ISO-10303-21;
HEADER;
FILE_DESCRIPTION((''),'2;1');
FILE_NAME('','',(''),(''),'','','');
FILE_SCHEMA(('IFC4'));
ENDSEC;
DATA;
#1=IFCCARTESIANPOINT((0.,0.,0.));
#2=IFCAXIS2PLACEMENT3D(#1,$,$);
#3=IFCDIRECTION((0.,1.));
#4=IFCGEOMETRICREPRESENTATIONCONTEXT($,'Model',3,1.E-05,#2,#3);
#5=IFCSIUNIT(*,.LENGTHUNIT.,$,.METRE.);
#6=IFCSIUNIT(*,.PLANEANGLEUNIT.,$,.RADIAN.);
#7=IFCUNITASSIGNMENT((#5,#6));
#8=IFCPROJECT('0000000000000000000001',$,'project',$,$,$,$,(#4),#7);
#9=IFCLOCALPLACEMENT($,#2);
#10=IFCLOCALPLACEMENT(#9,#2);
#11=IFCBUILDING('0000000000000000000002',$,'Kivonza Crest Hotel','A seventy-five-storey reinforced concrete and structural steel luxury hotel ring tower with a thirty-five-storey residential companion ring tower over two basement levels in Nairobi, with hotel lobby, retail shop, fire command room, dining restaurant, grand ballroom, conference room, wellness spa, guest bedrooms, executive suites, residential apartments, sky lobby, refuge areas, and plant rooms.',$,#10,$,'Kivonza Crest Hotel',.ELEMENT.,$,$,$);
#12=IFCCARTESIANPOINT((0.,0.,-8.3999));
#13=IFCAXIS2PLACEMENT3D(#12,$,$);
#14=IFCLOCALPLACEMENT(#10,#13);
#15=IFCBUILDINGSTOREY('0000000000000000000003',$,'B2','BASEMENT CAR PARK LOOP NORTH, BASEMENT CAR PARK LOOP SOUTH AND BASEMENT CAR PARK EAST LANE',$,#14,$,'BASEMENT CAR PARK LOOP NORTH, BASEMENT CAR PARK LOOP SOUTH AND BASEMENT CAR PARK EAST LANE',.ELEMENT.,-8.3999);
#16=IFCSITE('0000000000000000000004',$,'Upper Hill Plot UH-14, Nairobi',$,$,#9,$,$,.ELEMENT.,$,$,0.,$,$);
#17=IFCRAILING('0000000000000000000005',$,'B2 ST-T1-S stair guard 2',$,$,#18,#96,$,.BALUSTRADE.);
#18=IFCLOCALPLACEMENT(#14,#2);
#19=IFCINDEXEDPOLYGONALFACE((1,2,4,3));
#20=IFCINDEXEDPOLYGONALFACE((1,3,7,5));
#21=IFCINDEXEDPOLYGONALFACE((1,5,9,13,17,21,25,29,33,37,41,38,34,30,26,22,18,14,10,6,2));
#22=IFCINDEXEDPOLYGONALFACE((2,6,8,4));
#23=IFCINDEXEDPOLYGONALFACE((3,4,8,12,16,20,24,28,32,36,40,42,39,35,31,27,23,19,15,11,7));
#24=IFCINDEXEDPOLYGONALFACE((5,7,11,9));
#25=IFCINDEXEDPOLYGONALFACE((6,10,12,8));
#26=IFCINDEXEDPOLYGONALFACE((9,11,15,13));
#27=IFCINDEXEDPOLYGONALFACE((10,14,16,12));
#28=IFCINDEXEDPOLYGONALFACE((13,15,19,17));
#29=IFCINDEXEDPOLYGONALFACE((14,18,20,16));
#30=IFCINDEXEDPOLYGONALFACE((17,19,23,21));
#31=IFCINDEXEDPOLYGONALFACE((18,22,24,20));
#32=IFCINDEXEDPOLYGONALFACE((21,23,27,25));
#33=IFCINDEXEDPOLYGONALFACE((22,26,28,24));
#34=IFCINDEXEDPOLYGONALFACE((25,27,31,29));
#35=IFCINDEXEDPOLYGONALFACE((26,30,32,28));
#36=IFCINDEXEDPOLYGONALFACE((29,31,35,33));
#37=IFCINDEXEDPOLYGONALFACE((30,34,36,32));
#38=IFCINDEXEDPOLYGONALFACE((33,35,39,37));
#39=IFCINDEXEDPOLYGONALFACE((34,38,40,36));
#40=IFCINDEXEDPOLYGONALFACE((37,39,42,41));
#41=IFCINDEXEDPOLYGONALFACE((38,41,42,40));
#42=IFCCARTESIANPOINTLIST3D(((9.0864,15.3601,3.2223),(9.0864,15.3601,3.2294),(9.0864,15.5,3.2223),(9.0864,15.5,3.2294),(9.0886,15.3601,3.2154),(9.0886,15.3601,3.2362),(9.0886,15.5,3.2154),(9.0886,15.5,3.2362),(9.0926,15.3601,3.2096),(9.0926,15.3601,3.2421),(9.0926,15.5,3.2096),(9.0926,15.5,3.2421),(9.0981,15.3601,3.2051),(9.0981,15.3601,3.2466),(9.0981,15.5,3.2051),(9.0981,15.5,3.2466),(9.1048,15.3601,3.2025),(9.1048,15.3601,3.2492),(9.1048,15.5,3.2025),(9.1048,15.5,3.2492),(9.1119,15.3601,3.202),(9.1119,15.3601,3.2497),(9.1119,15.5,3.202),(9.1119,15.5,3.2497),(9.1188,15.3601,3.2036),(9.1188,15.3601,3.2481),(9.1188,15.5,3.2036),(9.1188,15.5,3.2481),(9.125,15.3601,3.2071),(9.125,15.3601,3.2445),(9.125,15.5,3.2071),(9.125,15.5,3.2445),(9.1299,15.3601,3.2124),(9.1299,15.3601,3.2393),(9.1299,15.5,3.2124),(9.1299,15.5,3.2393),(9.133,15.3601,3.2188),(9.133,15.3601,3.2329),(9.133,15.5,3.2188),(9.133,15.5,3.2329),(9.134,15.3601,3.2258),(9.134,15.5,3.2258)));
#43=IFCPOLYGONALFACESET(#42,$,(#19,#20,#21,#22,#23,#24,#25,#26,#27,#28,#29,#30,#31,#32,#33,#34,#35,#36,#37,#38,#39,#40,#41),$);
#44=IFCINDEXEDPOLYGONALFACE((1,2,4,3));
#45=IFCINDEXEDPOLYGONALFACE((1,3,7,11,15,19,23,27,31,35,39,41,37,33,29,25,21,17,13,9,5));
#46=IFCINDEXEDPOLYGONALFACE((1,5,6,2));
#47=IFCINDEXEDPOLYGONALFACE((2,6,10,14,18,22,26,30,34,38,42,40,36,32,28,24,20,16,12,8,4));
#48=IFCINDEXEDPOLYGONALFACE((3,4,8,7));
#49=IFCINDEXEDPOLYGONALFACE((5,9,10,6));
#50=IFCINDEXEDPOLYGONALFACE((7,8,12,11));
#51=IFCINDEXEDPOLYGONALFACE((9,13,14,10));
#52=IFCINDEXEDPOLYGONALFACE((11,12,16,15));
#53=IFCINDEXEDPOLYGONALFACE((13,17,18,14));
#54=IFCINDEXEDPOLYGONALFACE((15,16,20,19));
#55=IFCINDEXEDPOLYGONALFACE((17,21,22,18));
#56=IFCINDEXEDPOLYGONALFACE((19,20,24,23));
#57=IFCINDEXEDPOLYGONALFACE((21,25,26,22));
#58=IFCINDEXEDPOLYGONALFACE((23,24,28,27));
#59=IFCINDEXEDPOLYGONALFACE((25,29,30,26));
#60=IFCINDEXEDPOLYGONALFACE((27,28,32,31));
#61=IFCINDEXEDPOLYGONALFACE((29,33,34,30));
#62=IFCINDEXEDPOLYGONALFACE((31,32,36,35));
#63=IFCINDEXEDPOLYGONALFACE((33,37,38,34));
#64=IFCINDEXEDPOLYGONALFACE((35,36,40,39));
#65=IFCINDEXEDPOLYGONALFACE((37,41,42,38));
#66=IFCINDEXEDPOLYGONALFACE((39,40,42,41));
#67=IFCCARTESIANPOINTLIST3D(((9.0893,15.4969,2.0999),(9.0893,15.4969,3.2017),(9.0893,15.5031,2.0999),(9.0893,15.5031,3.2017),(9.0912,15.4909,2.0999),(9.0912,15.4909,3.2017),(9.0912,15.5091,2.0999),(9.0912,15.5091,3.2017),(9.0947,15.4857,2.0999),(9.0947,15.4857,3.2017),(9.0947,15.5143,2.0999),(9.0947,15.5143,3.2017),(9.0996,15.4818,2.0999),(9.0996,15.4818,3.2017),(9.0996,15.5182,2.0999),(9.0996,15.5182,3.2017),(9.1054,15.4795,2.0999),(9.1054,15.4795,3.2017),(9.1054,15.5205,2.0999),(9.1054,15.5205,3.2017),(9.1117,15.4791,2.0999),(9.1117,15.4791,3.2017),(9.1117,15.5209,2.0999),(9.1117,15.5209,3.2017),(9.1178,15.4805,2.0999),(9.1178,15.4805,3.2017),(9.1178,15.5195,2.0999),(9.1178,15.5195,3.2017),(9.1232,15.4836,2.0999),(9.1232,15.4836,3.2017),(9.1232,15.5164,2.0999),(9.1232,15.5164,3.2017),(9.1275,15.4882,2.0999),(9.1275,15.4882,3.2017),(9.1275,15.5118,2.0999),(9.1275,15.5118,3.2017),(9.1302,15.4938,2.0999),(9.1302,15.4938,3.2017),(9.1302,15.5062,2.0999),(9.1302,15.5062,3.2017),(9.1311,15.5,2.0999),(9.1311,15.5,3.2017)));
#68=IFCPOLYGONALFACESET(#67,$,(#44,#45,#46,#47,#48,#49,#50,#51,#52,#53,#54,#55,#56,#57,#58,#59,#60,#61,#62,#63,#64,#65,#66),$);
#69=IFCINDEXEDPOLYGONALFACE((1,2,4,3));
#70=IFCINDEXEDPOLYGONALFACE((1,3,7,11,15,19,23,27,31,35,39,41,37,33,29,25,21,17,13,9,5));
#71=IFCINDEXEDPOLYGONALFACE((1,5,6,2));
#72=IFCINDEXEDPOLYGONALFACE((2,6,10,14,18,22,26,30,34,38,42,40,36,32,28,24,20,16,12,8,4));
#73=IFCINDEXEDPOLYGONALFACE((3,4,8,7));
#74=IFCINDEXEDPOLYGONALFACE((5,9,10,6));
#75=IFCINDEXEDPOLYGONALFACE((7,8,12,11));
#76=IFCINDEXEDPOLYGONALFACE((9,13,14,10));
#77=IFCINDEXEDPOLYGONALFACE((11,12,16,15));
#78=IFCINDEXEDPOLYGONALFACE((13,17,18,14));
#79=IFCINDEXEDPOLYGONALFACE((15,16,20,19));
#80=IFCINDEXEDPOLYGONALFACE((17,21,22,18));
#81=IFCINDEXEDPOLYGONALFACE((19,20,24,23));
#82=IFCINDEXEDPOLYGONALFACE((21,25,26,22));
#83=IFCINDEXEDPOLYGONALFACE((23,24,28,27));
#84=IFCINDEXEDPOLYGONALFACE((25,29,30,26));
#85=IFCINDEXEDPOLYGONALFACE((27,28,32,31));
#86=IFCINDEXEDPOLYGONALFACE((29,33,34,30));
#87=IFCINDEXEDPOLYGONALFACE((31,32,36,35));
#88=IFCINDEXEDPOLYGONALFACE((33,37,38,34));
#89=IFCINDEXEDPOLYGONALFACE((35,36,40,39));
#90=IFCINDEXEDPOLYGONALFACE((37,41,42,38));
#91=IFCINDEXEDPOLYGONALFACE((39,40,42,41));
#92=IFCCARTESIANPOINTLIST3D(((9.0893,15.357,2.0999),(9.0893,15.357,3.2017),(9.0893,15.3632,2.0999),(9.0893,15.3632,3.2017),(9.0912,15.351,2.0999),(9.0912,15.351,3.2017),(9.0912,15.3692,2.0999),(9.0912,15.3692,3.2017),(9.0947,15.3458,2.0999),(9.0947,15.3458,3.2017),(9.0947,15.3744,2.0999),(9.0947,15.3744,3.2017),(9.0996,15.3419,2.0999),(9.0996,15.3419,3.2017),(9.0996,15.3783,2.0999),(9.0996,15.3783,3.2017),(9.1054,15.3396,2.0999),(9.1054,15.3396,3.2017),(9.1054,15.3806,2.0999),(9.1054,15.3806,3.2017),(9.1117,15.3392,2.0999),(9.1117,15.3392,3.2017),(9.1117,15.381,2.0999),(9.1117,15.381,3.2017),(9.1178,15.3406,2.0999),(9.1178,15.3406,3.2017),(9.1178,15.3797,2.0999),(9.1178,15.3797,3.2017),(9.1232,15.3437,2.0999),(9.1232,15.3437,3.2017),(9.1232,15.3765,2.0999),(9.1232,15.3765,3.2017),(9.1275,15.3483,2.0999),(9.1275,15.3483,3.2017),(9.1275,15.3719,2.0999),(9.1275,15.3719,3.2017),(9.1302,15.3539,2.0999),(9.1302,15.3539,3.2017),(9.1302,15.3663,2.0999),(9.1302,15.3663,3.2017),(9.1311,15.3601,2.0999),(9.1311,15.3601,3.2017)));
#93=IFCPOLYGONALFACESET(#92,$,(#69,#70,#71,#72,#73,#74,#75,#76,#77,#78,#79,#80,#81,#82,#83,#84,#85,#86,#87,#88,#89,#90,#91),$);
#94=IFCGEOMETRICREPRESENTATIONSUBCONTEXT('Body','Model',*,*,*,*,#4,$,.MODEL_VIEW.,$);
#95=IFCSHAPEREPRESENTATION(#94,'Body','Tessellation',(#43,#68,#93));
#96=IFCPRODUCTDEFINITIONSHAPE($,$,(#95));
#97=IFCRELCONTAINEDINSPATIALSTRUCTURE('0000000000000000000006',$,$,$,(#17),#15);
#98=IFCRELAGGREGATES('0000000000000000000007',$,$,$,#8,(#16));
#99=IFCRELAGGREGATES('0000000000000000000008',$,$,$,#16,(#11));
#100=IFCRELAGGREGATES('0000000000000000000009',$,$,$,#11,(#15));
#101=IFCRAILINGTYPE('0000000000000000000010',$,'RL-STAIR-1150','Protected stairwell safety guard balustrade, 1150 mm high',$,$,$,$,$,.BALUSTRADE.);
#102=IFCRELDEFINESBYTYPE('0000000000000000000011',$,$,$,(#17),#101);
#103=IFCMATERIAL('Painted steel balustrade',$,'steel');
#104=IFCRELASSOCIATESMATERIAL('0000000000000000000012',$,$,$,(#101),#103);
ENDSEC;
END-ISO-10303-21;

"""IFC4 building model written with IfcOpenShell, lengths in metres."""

from ifc_helpers import new_model, si_unit, direction, frame, origin, origin_2d, place, context, subcontext, project, spatial, circle, extrude, material, type_object, element, save


model = new_model("IFC4")

# Units and contexts
model_context = context("Model", 3, precision=1e-05, world=origin(), true_north=direction((0.0, 1.0)))
body_context = subcontext(model_context, "Body", "Model", "MODEL_VIEW")
ifc_project = project(units=[si_unit("LENGTHUNIT", "METRE"), si_unit("PLANEANGLEUNIT", "RADIAN")], contexts=[model_context])

# Site, building, storey
site_placement = place(None, origin())
site = spatial("IfcSite", under=ifc_project, at=site_placement, Name="Upper Hill Plot UH-14, Nairobi", CompositionType="ELEMENT", RefElevation=0.0)
building_placement = place(site_placement, origin())
building = spatial("IfcBuilding", under=site, at=building_placement, Name="Kivonza Crest Hotel", Description="A seventy-five-storey reinforced concrete and structural steel luxury hotel ring tower with a thirty-five-storey residential companion ring tower over two basement levels in Nairobi, with hotel lobby, retail shop, fire command room, dining restaurant, grand ballroom, conference room, wellness spa, guest bedrooms, executive suites, residential apartments, sky lobby, refuge areas, and plant rooms.", LongName="Kivonza Crest Hotel", CompositionType="ELEMENT")
storey_placement = place(building_placement, frame((0.0, 0.0, -8.3999)))
storey = spatial("IfcBuildingStorey", under=building, at=storey_placement, Name="B2", Description="BASEMENT CAR PARK LOOP NORTH, BASEMENT CAR PARK LOOP SOUTH AND BASEMENT CAR PARK EAST LANE", LongName="BASEMENT CAR PARK LOOP NORTH, BASEMENT CAR PARK LOOP SOUTH AND BASEMENT CAR PARK EAST LANE", CompositionType="ELEMENT", Elevation=-8.3999)

# Railing
ifc_material_1 = material(Name="Painted steel balustrade", Category="steel")
railing_type_1 = type_object("IfcRailingType", Name="RL-STAIR-1150", Description="Protected stairwell safety guard balustrade, 1150 mm high", PredefinedType="BALUSTRADE", material=ifc_material_1)
railing_1_placement = place(storey_placement, frame((9.1101, 15.5, 2.0999)))
element("IfcRailing", 1, at=railing_1_placement, inside=storey, type_object=railing_type_1, Name="B2 ST-T1-S stair guard 2", PredefinedType="BALUSTRADE", context=body_context, shape_type="SweptSolid", body=[
    extrude(circle(Radius=0.0239, at=origin_2d()), frame((0.0, 0.0, 1.126), z_axis=(0.0, -1.0, 0.0), x_axis=(1.0, 0.0, 0.0)), (0.0, 0.0, 1.0), 0.1399),
    extrude(circle(Radius=0.021, at=origin_2d()), origin(), (0.0, 0.0, 1.0), 1.1018),
    extrude(circle(Radius=0.021, at=origin_2d()), frame((0.0, -0.1399, 0.0)), (0.0, 0.0, 1.0), 1.1018),
])

save(model, "model.ifc")
